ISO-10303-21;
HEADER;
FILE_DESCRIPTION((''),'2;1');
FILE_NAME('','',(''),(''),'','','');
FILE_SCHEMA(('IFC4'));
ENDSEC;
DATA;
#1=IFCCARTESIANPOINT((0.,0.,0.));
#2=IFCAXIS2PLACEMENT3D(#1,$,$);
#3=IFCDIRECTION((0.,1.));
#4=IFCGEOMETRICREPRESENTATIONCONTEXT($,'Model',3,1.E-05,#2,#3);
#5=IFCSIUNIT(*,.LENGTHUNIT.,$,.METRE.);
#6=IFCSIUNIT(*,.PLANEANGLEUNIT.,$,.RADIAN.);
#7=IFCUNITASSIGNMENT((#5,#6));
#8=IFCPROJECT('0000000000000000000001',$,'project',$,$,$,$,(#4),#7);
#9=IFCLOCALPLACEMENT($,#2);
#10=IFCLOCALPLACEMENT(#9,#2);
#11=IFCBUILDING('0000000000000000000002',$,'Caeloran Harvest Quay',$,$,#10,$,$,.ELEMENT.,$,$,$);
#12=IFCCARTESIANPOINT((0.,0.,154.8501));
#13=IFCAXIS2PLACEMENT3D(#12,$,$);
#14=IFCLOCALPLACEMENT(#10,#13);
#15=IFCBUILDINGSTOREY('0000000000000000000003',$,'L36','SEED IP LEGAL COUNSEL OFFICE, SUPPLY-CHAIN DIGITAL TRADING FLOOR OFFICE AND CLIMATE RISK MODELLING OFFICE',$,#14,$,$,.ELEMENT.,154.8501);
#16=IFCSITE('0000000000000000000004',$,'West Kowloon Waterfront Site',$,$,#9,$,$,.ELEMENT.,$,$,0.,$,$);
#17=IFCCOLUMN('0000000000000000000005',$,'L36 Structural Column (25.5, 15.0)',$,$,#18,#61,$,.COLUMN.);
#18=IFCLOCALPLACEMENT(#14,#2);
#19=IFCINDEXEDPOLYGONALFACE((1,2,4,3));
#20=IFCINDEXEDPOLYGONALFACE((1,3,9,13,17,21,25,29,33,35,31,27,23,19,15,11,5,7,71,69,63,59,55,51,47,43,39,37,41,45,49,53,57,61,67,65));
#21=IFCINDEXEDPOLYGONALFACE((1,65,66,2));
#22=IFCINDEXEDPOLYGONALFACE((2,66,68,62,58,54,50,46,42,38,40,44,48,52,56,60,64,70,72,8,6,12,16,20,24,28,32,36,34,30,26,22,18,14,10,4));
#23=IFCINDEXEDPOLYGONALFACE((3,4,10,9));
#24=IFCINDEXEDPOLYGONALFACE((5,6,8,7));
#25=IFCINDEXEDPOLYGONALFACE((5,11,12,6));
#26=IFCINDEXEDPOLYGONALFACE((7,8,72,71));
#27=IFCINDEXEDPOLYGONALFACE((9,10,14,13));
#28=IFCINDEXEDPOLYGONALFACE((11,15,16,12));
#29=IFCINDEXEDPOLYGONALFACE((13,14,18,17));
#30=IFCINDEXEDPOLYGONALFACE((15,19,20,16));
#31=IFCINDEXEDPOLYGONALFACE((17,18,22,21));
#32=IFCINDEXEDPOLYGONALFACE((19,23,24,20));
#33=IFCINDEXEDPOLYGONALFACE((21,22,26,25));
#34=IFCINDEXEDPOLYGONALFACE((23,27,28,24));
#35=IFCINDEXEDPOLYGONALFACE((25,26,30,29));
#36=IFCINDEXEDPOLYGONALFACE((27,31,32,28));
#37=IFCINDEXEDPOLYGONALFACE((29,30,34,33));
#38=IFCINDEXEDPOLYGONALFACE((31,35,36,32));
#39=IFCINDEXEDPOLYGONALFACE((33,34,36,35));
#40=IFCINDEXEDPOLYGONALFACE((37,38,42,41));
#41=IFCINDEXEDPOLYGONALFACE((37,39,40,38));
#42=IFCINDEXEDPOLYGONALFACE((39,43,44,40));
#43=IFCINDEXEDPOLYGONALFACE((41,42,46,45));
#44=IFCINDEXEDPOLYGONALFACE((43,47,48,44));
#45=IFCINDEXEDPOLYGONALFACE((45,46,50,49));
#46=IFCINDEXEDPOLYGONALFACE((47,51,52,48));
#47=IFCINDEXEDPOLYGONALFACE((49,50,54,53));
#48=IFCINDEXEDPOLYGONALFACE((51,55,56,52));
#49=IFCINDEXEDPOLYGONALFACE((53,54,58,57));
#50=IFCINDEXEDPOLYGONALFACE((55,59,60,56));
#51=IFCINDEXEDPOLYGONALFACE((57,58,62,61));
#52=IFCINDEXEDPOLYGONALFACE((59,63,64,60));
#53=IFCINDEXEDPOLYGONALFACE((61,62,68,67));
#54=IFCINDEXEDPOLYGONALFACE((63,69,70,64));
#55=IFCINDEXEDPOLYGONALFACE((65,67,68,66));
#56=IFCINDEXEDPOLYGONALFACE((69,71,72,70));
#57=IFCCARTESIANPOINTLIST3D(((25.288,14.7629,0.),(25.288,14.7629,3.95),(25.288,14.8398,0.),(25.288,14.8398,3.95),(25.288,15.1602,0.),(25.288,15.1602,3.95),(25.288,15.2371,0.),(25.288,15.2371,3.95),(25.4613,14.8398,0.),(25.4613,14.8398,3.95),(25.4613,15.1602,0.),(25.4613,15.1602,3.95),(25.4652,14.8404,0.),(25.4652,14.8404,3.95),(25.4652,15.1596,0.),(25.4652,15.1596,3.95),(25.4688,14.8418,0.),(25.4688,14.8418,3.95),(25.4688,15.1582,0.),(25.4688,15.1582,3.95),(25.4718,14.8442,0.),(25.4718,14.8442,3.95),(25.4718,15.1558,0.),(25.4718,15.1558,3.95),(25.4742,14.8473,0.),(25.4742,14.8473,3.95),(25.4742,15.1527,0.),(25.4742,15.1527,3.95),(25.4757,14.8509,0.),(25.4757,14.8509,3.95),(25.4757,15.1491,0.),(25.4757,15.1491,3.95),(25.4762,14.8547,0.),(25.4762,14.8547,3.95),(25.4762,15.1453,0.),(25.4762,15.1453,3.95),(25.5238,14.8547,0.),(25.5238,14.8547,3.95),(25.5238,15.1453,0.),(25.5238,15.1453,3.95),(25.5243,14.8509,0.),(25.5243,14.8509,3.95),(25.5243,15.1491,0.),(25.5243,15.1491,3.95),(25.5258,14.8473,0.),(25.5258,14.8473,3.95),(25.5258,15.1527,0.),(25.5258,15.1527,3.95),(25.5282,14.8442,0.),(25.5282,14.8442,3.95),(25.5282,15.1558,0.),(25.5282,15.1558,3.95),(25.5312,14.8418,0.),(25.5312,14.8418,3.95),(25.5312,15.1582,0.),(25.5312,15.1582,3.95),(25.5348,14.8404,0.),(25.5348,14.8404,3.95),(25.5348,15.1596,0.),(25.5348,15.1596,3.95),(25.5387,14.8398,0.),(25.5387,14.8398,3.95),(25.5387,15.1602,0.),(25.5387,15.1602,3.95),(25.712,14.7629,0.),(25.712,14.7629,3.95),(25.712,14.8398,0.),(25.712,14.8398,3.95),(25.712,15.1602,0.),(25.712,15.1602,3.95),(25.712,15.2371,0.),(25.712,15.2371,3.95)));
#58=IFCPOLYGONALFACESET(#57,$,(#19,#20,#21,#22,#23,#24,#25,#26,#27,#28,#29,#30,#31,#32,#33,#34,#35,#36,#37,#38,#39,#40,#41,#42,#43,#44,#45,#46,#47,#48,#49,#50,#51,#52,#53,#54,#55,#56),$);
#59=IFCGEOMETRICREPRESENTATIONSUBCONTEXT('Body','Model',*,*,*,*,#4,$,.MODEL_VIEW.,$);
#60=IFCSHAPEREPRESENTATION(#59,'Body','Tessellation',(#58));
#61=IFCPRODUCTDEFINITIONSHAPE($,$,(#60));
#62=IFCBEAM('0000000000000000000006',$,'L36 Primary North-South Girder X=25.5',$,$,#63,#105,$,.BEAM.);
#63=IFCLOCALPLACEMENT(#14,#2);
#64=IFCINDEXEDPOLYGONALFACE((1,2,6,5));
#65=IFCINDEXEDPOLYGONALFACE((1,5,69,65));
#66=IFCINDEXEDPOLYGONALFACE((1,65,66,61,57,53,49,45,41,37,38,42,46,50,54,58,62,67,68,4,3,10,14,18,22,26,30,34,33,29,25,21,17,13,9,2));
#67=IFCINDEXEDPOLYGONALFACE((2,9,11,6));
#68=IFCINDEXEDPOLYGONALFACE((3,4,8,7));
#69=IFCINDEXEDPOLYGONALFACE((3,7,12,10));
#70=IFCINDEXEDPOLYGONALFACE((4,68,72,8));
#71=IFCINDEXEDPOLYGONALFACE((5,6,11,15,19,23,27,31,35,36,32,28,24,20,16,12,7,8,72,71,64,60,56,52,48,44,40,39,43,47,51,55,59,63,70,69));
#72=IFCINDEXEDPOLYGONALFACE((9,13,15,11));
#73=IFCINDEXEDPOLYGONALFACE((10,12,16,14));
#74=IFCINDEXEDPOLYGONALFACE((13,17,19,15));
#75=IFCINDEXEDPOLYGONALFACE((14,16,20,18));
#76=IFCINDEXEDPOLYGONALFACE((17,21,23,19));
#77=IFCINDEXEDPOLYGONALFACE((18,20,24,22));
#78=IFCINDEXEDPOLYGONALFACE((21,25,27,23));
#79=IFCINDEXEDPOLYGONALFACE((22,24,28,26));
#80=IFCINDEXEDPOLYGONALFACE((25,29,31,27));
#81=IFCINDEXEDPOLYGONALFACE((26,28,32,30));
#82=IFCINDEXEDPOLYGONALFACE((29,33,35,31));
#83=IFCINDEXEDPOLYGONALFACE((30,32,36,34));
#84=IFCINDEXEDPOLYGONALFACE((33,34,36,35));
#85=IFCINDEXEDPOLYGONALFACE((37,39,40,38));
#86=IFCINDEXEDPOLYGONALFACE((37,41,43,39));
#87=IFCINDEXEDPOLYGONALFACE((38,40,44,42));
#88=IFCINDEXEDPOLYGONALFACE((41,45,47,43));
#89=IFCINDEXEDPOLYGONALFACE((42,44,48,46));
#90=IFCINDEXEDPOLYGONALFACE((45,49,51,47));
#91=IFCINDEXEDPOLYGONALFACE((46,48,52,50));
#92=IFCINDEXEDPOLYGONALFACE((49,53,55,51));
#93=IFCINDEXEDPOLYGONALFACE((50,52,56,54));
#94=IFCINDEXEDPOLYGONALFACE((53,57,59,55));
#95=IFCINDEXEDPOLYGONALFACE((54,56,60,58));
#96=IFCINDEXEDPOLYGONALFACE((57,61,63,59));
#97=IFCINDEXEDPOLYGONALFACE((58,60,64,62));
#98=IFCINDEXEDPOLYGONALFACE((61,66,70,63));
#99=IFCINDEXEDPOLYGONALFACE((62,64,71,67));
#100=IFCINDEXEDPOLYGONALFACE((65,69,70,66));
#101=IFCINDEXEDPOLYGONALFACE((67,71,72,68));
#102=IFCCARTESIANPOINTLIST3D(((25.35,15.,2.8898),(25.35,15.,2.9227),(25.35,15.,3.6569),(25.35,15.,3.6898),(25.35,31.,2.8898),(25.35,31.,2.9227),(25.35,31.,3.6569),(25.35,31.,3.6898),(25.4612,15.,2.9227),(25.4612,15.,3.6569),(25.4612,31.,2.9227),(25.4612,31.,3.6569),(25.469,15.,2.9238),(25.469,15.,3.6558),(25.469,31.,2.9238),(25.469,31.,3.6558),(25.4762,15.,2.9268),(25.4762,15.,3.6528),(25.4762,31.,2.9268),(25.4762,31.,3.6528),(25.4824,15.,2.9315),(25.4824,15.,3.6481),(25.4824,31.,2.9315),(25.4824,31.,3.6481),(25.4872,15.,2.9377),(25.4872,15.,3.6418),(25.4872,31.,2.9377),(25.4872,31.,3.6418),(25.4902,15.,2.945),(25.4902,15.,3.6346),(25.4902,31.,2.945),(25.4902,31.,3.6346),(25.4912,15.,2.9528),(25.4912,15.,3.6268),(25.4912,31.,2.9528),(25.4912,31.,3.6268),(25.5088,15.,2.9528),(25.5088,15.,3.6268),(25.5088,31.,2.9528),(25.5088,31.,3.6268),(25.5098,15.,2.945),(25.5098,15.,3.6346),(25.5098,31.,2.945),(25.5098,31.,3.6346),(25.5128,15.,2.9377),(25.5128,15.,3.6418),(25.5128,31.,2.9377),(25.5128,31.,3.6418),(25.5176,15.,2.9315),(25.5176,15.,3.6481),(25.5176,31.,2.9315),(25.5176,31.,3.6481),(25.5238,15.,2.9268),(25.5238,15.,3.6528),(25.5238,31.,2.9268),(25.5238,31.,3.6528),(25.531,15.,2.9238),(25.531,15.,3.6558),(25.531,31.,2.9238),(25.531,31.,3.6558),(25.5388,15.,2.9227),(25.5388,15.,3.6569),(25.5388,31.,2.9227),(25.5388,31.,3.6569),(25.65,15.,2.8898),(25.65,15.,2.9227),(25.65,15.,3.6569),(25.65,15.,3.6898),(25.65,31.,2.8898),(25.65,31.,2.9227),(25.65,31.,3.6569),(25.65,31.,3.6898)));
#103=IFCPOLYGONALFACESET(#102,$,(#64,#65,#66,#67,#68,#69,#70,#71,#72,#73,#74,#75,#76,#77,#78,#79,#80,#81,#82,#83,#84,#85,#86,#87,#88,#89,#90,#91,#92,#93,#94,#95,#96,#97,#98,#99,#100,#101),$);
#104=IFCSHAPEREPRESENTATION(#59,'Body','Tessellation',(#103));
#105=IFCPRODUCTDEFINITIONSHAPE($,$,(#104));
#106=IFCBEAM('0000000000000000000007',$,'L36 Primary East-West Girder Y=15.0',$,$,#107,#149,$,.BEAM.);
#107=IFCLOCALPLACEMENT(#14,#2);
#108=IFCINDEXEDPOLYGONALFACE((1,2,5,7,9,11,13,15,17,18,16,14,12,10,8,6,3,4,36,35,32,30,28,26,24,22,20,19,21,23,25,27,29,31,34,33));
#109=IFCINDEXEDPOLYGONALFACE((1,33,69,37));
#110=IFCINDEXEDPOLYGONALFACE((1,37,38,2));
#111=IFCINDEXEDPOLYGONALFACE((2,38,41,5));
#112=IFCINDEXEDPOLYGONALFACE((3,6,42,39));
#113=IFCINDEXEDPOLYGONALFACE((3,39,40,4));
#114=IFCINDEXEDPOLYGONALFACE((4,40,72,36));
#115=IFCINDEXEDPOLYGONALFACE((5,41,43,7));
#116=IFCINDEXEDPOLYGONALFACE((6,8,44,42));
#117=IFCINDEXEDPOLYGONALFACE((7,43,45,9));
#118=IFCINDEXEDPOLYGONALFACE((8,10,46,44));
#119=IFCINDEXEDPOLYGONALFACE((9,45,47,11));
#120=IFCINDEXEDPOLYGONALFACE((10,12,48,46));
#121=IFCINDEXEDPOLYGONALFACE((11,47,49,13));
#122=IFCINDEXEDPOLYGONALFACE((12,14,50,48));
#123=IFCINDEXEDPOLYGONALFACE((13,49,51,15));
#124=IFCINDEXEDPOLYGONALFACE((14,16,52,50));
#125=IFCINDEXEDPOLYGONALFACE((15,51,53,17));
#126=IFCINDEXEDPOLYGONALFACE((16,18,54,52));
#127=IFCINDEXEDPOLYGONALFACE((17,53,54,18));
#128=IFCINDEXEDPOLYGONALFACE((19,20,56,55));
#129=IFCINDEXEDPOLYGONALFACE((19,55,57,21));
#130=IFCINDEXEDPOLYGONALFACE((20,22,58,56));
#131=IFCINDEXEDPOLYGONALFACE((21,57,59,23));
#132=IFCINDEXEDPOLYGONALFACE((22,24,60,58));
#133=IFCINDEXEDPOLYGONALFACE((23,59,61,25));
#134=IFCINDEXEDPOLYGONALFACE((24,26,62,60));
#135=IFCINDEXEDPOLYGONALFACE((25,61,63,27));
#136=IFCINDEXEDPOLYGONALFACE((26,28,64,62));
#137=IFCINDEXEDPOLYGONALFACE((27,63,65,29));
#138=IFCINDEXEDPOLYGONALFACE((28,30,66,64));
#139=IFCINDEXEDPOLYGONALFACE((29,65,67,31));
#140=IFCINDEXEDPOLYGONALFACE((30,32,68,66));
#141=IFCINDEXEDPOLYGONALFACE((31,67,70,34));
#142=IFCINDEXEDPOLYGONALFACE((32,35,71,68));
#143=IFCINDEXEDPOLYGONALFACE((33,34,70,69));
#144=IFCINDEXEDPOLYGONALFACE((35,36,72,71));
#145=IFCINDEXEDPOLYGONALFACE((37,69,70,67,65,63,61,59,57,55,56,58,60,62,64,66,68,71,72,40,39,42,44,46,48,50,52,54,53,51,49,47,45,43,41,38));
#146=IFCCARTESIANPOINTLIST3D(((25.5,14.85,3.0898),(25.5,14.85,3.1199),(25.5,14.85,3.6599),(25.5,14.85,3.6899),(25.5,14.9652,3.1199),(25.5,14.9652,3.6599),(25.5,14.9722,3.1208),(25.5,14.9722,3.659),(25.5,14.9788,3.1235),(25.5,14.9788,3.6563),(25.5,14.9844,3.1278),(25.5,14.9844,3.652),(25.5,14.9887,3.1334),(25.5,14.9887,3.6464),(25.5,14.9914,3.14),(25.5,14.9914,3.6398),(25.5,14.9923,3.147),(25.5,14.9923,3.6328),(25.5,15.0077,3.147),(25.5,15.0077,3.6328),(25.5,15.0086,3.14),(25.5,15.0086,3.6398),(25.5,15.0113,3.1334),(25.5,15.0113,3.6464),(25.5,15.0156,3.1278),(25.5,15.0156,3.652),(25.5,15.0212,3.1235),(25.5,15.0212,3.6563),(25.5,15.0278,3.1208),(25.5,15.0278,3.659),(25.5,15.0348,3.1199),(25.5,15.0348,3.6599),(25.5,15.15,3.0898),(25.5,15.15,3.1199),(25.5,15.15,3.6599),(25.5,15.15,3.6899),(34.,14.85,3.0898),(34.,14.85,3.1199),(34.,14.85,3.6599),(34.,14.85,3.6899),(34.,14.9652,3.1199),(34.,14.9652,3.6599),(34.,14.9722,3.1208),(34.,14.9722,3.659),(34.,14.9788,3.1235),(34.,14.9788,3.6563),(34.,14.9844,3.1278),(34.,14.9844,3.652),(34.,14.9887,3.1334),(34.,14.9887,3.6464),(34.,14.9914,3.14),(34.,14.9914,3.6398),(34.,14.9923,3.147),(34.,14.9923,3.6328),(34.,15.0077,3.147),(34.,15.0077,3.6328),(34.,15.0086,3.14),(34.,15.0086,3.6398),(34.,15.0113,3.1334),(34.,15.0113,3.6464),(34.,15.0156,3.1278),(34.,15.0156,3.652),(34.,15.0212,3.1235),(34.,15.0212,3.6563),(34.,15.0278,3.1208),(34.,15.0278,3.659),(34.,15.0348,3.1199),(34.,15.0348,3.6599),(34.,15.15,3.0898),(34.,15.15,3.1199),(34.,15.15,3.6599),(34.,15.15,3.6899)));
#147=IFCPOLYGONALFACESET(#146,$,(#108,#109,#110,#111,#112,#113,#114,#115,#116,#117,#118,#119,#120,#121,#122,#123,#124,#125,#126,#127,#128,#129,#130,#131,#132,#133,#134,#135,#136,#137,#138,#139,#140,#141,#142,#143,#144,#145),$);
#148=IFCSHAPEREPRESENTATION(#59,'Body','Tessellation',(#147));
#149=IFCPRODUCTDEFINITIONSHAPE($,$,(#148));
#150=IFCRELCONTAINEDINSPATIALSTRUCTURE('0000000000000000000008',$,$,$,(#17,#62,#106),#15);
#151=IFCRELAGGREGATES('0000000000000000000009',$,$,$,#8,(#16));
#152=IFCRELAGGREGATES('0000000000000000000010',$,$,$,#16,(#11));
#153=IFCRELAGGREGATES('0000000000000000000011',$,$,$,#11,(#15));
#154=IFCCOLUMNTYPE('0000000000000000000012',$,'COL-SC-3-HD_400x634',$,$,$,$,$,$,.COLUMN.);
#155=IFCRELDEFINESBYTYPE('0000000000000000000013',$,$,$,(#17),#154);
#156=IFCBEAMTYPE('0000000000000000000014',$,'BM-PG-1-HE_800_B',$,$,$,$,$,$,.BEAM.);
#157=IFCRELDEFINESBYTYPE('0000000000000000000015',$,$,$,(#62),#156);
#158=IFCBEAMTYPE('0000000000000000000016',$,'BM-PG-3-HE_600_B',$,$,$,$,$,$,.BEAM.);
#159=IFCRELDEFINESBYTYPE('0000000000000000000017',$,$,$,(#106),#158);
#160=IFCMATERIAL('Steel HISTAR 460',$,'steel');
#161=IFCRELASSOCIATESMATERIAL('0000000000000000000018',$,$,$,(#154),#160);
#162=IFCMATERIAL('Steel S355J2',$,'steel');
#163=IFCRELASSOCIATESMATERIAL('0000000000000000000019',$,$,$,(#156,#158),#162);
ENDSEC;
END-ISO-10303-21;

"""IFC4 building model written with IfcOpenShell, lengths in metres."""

from ifc_helpers import new_model, si_unit, direction, frame, origin, origin_2d, place, context, subcontext, project, spatial, i_section, extrude, material, material_profile, profile_set, type_object, element, save


model = new_model("IFC4")

# Units and contexts
model_context = context("Model", 3, precision=1e-05, world=origin(), true_north=direction((0.0, 1.0)))
body_context = subcontext(model_context, "Body", "Model", "MODEL_VIEW")
ifc_project = project(units=[si_unit("LENGTHUNIT", "METRE"), si_unit("PLANEANGLEUNIT", "RADIAN")], contexts=[model_context])

# Site, building, storey
site_placement = place(None, origin())
site = spatial("IfcSite", under=ifc_project, at=site_placement, Name="West Kowloon Waterfront Site", CompositionType="ELEMENT", RefElevation=0.0)
building_placement = place(site_placement, origin())
building = spatial("IfcBuilding", under=site, at=building_placement, Name="Caeloran Harvest Quay", CompositionType="ELEMENT")
storey_placement = place(building_placement, frame((0.0, 0.0, 154.8501)))
storey = spatial("IfcBuildingStorey", under=building, at=storey_placement, Name="L36", Description="SEED IP LEGAL COUNSEL OFFICE, SUPPLY-CHAIN DIGITAL TRADING FLOOR OFFICE AND CLIMATE RISK MODELLING OFFICE", CompositionType="ELEMENT", Elevation=154.8501)

# Column
ifc_material_1 = material(Name="Steel HISTAR 460", Category="steel")
ifc_material_profile_1 = material_profile(ifc_material_1, i_section(OverallWidth=0.4241, OverallDepth=0.4741, WebThickness=0.0476, FlangeThickness=0.0769, FilletRadius=0.0149, at=origin_2d()), Name="HD 400x634")
ifc_profile_set_1 = profile_set([ifc_material_profile_1], Name="Steel HISTAR 460")
column_type = type_object("IfcColumnType", Name="COL-SC-3-HD_400x634", PredefinedType="COLUMN", material=ifc_profile_set_1)
column_placement = place(storey_placement, frame((25.5, 15.0, 0.0), z_axis=(0.0, 0.0, 1.0), x_axis=(1.0, 0.0, 0.0)))
element("IfcColumn", 1, at=column_placement, inside=storey, type_object=column_type, Name="L36 Structural Column (25.5, 15.0)", PredefinedType="COLUMN", context=body_context, shape_type="SweptSolid", body=[
    extrude(i_section(OverallWidth=0.4241, OverallDepth=0.4741, WebThickness=0.0476, FlangeThickness=0.0769, FilletRadius=0.0149, at=origin_2d()), origin(), (0.0, 0.0, 1.0), 3.95),
])

# Beams
ifc_material_2 = material(Name="Steel S355J2", Category="steel")
ifc_material_profile_2 = material_profile(ifc_material_2, i_section(OverallWidth=0.3, OverallDepth=0.8, WebThickness=0.0176, FlangeThickness=0.033, FilletRadius=0.03, at=origin_2d()), Name="HE 800 B")
ifc_profile_set_2 = profile_set([ifc_material_profile_2], Name="Steel S355J2")
beam_type_1 = type_object("IfcBeamType", Name="BM-PG-1-HE_800_B", PredefinedType="BEAM", material=ifc_profile_set_2)
beam_1_placement = place(storey_placement, frame((25.5, 15.0, 3.2898), z_axis=(0.0, 1.0, 0.0), x_axis=(-1.0, 0.0, 0.0)))
element("IfcBeam", 2, at=beam_1_placement, inside=storey, type_object=beam_type_1, Name="L36 Primary North-South Girder X=25.5", PredefinedType="BEAM", context=body_context, shape_type="SweptSolid", body=[
    extrude(i_section(OverallWidth=0.3, OverallDepth=0.8, WebThickness=0.0176, FlangeThickness=0.033, FilletRadius=0.03, at=origin_2d()), origin(), (0.0, 0.0, 1.0), 16.0),
])
ifc_material_profile_3 = material_profile(ifc_material_2, i_section(OverallWidth=0.3, OverallDepth=0.6001, WebThickness=0.0154, FlangeThickness=0.03, FilletRadius=0.0271, at=origin_2d()), Name="HE 600 B")
ifc_profile_set_3 = profile_set([ifc_material_profile_3], Name="Steel S355J2")
beam_type_2 = type_object("IfcBeamType", Name="BM-PG-3-HE_600_B", PredefinedType="BEAM", material=ifc_profile_set_3)
beam_2_placement = place(storey_placement, frame((25.5, 15.0, 3.3899), z_axis=(1.0, 0.0, 0.0), x_axis=(0.0, 1.0, 0.0)))
element("IfcBeam", 3, at=beam_2_placement, inside=storey, type_object=beam_type_2, Name="L36 Primary East-West Girder Y=15.0", PredefinedType="BEAM", context=body_context, shape_type="SweptSolid", body=[
    extrude(i_section(OverallWidth=0.3, OverallDepth=0.6001, WebThickness=0.0154, FlangeThickness=0.03, FilletRadius=0.0271, at=origin_2d()), origin(), (0.0, 0.0, 1.0), 8.5),
])

save(model, "model.ifc")
